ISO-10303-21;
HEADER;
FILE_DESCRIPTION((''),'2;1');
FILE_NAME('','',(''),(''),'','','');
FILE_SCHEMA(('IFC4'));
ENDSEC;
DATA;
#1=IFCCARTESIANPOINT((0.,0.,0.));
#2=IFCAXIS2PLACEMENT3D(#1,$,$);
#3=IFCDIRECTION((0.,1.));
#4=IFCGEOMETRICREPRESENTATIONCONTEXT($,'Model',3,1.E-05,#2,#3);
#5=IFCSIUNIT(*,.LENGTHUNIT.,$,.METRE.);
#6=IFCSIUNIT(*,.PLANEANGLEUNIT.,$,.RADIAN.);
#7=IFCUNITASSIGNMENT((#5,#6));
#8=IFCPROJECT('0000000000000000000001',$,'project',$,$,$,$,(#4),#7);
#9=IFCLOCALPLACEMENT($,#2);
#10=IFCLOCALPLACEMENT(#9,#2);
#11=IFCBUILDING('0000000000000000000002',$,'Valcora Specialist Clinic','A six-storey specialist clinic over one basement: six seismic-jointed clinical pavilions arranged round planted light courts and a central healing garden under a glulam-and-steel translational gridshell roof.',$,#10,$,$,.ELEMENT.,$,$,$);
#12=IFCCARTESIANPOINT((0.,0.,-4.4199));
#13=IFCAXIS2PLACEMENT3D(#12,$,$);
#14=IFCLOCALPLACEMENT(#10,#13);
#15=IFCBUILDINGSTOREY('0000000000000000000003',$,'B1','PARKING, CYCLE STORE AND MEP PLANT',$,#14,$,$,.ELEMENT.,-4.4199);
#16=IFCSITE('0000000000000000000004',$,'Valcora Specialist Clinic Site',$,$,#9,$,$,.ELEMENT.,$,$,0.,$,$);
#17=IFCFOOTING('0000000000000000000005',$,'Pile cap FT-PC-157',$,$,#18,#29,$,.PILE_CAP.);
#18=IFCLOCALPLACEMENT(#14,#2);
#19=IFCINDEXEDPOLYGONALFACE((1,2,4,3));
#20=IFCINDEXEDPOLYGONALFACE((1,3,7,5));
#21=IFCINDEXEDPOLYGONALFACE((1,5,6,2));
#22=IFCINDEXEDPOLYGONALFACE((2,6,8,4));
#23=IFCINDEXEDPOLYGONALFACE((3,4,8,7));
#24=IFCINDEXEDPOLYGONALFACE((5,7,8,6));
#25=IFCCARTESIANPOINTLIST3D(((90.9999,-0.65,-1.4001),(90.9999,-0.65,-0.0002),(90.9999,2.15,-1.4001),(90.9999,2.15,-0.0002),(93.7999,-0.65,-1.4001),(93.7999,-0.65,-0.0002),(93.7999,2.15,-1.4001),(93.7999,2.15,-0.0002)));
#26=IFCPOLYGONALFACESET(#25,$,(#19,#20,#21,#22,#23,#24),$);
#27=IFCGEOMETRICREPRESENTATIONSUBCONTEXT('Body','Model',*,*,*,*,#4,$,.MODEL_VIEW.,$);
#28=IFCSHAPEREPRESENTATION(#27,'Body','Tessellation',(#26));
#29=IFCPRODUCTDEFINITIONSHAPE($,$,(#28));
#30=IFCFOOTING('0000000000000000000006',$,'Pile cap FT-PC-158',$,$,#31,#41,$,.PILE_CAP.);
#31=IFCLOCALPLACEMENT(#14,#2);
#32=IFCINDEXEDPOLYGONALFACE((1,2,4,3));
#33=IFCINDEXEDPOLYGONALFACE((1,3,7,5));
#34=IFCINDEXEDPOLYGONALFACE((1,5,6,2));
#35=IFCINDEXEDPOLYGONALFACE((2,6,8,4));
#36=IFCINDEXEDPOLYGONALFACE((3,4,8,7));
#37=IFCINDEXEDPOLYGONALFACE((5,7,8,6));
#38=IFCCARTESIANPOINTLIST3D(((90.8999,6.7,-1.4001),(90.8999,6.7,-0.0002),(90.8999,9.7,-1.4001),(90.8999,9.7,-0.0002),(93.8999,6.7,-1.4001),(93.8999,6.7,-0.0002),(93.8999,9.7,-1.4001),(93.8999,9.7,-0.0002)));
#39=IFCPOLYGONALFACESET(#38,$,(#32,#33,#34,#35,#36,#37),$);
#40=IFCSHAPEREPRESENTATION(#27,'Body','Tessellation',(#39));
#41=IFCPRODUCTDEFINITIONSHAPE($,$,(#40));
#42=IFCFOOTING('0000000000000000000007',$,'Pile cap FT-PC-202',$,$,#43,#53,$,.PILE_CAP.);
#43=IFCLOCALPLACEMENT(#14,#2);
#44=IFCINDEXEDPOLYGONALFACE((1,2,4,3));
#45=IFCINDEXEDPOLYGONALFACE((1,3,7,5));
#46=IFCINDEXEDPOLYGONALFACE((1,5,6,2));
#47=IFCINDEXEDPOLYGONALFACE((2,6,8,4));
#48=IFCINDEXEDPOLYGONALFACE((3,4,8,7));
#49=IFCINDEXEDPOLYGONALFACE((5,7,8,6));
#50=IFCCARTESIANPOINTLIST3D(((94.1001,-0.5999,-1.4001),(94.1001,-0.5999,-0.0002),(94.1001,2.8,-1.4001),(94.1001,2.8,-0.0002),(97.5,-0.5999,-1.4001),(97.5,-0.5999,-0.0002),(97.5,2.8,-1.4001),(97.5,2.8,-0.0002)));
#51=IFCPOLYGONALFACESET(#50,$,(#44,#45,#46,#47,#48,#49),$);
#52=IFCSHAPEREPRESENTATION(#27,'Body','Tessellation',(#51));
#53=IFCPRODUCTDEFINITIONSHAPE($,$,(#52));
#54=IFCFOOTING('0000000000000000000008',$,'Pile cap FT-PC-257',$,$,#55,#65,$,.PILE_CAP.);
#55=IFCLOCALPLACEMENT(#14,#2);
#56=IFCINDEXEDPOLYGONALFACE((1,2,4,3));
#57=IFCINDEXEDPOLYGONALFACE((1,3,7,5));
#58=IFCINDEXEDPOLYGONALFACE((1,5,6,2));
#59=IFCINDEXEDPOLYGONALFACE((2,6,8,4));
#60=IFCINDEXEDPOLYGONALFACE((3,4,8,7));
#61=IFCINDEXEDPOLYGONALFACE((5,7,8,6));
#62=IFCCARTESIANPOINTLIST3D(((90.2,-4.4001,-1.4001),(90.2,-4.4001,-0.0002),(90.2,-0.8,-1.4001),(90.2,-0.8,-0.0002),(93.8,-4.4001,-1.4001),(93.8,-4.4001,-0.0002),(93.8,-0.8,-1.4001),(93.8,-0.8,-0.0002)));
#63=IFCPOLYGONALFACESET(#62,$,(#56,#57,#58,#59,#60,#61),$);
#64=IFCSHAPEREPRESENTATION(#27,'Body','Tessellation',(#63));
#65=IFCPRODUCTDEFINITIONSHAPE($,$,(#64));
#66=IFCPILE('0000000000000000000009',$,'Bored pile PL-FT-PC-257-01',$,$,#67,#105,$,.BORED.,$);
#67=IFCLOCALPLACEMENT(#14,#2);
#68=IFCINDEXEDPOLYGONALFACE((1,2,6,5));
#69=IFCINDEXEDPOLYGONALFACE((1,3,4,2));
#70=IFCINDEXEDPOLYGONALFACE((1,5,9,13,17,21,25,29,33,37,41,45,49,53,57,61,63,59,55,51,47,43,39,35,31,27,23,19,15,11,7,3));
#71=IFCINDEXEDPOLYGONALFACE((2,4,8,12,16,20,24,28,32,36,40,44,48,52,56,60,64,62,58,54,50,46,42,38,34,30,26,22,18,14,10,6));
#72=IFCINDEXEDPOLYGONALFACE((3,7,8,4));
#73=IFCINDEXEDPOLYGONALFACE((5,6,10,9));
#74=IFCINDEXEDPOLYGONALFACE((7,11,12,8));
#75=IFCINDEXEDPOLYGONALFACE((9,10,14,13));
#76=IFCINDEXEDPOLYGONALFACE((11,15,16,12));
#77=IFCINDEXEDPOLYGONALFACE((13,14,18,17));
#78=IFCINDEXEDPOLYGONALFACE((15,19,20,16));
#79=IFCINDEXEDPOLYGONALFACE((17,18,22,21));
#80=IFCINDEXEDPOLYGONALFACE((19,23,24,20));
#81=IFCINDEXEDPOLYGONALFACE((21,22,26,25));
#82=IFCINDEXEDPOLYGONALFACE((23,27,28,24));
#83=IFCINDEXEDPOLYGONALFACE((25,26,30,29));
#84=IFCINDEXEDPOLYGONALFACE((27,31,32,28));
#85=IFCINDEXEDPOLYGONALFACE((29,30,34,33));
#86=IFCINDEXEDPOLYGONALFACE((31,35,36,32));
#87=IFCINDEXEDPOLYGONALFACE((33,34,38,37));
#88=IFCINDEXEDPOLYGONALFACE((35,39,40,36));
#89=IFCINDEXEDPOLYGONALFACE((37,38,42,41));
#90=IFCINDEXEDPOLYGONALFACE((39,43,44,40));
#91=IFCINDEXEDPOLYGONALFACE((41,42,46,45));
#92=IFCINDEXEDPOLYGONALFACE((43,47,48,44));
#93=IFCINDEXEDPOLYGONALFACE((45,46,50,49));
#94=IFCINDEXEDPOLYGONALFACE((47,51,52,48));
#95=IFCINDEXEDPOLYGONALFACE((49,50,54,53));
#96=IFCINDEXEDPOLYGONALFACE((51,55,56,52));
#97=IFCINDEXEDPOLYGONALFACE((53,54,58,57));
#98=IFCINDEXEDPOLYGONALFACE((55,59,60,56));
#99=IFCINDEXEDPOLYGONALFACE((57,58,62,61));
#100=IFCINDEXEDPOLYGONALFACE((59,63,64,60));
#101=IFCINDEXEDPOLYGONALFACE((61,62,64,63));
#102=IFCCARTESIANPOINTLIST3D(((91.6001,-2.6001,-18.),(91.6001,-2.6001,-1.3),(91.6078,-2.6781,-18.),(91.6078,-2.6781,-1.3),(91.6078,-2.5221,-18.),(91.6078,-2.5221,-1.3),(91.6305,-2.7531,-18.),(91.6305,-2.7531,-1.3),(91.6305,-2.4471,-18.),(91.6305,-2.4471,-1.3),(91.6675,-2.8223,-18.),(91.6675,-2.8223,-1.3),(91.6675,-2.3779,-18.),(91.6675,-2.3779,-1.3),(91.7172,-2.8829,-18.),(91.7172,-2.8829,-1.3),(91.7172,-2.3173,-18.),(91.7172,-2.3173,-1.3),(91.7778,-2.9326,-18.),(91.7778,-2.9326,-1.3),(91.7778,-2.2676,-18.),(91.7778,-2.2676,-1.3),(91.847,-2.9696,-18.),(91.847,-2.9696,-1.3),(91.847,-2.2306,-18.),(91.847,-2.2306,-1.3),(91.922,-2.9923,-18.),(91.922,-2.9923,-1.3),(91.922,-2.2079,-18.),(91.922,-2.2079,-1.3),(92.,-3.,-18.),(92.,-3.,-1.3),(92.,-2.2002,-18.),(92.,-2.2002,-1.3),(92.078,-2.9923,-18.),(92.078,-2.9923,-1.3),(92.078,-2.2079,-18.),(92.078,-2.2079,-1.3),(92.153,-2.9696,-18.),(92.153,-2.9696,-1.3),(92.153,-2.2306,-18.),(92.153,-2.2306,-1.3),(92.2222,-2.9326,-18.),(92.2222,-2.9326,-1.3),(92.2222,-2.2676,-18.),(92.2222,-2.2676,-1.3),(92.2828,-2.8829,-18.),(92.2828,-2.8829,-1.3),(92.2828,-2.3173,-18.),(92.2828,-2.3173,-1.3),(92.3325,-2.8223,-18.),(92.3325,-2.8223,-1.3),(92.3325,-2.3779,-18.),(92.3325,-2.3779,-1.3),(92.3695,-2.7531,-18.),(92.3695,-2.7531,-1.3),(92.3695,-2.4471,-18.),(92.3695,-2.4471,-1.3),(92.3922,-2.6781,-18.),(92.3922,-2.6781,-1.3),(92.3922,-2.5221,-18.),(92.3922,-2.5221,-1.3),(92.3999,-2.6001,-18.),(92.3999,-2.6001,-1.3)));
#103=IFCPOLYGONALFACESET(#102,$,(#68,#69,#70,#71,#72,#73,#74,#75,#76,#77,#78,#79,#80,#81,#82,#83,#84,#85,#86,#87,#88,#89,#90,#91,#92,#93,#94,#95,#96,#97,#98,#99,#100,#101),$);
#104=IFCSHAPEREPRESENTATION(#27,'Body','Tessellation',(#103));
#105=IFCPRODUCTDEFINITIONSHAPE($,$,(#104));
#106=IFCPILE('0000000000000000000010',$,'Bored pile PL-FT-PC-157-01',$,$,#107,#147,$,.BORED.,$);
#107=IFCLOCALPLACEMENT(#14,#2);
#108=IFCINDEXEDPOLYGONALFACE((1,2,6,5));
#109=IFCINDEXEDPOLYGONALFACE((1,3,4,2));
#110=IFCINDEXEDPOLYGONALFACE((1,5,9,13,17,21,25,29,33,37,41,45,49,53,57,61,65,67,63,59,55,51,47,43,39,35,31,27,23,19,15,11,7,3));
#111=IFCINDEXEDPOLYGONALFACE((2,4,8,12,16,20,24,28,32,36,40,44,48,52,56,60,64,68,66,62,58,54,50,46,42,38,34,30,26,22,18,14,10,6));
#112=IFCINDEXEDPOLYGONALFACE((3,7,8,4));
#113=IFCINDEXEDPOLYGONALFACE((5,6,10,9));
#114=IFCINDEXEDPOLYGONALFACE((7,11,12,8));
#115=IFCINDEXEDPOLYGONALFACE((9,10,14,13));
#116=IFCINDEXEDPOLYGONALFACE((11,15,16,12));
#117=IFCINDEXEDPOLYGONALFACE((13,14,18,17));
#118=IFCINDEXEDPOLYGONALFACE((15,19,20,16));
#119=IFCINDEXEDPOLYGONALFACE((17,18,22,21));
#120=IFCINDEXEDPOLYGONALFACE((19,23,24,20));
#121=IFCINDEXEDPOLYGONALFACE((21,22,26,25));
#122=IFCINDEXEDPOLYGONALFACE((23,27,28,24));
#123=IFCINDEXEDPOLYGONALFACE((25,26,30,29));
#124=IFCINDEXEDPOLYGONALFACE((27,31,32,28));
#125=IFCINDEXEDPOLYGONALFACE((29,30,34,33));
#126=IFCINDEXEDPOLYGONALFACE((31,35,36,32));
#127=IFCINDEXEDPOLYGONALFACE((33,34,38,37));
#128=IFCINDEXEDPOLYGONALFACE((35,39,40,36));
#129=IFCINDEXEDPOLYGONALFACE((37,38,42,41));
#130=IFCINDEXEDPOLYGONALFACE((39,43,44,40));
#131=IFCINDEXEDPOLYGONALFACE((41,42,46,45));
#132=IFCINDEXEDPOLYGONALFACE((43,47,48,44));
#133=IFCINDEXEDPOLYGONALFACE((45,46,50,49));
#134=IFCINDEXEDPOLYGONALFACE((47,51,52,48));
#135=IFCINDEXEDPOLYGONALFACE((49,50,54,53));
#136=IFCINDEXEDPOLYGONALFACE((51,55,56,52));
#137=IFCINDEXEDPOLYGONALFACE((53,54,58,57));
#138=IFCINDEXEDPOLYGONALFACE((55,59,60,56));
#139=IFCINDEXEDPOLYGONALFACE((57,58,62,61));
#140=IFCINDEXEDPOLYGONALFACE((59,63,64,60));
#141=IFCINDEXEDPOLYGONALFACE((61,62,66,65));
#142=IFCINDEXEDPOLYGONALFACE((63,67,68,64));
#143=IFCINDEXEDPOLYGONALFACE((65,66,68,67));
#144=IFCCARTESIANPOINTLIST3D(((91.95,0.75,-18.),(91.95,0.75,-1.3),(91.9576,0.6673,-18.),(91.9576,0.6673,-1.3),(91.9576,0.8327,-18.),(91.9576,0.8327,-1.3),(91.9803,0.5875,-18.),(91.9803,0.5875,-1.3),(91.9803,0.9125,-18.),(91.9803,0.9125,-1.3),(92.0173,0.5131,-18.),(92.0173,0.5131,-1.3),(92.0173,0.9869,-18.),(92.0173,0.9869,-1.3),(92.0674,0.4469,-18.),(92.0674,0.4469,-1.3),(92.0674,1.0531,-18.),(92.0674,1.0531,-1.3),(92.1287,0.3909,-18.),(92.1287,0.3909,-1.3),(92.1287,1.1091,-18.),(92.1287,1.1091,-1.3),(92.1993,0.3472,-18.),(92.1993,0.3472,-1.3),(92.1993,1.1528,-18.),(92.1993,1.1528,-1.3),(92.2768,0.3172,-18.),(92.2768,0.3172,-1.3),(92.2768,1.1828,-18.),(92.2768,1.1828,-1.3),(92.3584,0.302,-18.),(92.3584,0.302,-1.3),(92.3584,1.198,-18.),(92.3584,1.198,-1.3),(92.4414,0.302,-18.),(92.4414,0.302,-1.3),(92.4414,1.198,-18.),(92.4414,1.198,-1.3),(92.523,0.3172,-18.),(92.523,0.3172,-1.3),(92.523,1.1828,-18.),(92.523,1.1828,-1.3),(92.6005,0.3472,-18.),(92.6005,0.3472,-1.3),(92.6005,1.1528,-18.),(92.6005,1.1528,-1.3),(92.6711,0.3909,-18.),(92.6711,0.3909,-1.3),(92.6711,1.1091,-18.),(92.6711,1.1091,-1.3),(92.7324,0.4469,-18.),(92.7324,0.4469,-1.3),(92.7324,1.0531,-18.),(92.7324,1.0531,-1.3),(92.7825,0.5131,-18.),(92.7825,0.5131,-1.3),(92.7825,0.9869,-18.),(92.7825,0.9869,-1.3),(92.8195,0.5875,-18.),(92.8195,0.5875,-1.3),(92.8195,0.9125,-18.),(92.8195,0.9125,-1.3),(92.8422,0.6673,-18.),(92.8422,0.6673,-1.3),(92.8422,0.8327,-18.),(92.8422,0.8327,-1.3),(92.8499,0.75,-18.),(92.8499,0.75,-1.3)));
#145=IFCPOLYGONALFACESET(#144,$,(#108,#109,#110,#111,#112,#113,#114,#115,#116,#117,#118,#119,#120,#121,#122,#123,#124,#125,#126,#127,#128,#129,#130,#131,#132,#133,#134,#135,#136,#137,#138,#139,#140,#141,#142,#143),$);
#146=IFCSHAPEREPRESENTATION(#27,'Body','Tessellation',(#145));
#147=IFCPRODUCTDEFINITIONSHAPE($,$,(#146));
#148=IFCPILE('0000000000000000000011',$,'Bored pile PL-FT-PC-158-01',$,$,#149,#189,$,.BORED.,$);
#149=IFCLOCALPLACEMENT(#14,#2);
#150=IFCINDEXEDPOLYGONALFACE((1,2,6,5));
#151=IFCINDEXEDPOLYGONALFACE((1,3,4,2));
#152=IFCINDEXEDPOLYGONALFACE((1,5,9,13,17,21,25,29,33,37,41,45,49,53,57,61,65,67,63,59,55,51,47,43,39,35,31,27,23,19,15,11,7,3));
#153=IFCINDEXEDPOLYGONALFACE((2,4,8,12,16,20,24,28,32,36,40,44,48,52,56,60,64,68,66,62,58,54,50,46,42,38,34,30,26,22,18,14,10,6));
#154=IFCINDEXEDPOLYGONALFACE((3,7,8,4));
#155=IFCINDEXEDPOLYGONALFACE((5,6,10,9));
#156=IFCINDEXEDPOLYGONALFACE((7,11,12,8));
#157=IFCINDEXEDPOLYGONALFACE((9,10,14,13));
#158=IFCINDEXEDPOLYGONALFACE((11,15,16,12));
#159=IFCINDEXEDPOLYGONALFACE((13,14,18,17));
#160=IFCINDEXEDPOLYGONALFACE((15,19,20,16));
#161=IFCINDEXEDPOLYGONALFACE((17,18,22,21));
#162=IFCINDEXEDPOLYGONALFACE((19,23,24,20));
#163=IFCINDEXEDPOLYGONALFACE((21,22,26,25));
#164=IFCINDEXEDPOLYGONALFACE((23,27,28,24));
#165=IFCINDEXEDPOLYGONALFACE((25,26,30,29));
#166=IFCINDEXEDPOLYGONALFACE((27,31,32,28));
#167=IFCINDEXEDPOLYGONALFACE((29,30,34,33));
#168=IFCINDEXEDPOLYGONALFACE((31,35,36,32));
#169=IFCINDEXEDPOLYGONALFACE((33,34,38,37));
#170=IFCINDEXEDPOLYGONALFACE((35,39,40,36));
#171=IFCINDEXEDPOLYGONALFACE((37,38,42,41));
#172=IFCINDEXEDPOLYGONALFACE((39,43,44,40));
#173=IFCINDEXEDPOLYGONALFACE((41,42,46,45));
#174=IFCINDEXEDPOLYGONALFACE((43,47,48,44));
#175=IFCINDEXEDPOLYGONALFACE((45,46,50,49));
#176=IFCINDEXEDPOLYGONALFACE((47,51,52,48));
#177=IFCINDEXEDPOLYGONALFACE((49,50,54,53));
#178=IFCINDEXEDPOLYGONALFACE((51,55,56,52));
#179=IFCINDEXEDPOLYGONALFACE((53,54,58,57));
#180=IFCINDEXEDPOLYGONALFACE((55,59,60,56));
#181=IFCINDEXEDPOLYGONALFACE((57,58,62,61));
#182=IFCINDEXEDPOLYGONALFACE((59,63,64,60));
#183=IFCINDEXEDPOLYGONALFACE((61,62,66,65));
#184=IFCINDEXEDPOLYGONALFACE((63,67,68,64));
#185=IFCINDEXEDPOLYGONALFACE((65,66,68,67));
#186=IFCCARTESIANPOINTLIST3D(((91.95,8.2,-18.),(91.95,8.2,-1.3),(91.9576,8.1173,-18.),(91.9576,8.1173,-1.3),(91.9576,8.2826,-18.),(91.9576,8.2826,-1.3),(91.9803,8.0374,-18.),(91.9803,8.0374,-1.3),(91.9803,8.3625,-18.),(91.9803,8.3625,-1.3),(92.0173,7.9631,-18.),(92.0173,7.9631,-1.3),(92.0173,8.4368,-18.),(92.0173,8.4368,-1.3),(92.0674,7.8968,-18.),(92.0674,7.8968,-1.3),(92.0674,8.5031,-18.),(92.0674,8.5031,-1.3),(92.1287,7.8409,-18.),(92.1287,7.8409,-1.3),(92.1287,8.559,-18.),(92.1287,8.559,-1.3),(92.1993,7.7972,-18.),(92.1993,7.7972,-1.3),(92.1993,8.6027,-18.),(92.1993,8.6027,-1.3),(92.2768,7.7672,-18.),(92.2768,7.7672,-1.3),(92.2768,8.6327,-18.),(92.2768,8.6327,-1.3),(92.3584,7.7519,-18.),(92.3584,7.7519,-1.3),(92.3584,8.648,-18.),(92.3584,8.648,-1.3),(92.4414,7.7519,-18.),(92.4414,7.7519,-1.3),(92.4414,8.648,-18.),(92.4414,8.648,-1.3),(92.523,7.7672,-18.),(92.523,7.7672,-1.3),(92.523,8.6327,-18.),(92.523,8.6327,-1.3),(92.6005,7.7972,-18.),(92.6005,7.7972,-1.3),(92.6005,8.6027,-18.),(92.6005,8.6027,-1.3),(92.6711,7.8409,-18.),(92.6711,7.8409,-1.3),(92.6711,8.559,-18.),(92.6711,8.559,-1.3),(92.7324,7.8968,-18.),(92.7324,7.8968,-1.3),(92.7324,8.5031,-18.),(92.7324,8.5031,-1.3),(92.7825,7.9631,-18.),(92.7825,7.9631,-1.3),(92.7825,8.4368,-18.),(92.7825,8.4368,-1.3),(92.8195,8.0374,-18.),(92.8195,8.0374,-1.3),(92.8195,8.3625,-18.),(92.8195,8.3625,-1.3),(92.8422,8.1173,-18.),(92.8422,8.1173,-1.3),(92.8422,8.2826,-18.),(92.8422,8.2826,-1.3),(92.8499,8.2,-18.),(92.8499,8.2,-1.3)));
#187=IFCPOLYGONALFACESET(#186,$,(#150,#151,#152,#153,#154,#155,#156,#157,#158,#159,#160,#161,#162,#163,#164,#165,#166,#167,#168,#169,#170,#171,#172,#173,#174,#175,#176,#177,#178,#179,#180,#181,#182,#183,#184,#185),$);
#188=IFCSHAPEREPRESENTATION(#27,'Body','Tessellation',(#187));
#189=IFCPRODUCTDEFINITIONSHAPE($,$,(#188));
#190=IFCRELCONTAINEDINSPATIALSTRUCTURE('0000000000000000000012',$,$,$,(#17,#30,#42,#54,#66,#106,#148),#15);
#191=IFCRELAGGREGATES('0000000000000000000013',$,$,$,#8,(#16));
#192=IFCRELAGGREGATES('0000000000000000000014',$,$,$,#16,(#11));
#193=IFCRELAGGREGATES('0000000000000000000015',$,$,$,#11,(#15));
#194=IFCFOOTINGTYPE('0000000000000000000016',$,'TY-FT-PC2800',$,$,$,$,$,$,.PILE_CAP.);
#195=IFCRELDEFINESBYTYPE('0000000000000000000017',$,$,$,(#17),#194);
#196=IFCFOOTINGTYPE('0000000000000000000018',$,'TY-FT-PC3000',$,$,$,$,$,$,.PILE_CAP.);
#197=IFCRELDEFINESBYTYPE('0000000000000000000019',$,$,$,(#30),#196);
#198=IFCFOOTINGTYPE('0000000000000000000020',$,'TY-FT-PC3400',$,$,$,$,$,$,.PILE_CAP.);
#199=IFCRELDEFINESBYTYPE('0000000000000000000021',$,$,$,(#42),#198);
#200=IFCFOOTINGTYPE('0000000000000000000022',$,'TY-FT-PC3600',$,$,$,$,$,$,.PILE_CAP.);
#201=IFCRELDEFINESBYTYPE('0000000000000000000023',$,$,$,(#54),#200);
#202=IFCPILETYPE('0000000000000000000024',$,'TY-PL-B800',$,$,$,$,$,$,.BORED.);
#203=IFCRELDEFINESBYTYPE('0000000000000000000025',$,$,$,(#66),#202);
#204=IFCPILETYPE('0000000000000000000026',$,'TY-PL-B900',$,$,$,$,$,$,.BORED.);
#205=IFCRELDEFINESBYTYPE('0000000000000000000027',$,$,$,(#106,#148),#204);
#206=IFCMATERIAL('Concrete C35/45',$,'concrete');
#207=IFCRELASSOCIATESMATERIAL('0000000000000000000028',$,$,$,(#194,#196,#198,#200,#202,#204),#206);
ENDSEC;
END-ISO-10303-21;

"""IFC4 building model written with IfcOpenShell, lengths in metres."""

from ifc_helpers import new_model, si_unit, direction, frame, origin, origin_2d, place, context, subcontext, project, spatial, rectangle, circle, extrude, material, material_profile, profile_set, type_object, element, save


model = new_model("IFC4")

# Units and contexts
model_context = context("Model", 3, precision=1e-05, world=origin(), true_north=direction((0.0, 1.0)))
body_context = subcontext(model_context, "Body", "Model", "MODEL_VIEW")
ifc_project = project(units=[si_unit("LENGTHUNIT", "METRE"), si_unit("PLANEANGLEUNIT", "RADIAN")], contexts=[model_context])

# Site, building, storey
site_placement = place(None, origin())
site = spatial("IfcSite", under=ifc_project, at=site_placement, Name="Valcora Specialist Clinic Site", CompositionType="ELEMENT", RefElevation=0.0)
building_placement = place(site_placement, origin())
building = spatial("IfcBuilding", under=site, at=building_placement, Name="Valcora Specialist Clinic", Description="A six-storey specialist clinic over one basement: six seismic-jointed clinical pavilions arranged round planted light courts and a central healing garden under a glulam-and-steel translational gridshell roof.", CompositionType="ELEMENT")
storey_placement = place(building_placement, frame((0.0, 0.0, -4.4199)))
storey = spatial("IfcBuildingStorey", under=building, at=storey_placement, Name="B1", Description="PARKING, CYCLE STORE AND MEP PLANT", CompositionType="ELEMENT", Elevation=-4.4199)

# Footings
ifc_material_1 = material(Name="Concrete C35/45", Category="concrete")
footing_type_1 = type_object("IfcFootingType", Name="TY-FT-PC2800", PredefinedType="PILE_CAP", material=ifc_material_1)
footing_1_placement = place(storey_placement, frame((92.3999, 0.75, -1.4001), z_axis=(0.0, 0.0, 1.0), x_axis=(1.0, 0.0, 0.0)))
element("IfcFooting", 1, at=footing_1_placement, inside=storey, type_object=footing_type_1, Name="Pile cap FT-PC-157", PredefinedType="PILE_CAP", context=body_context, shape_type="SweptSolid", body=[
    extrude(rectangle(XDim=2.8, YDim=2.8, at=origin_2d()), origin(), (0.0, 0.0, 1.0), 1.3999),
])
footing_type_2 = type_object("IfcFootingType", Name="TY-FT-PC3000", PredefinedType="PILE_CAP", material=ifc_material_1)
footing_2_placement = place(storey_placement, frame((92.3999, 8.2, -1.4001), z_axis=(0.0, 0.0, 1.0), x_axis=(1.0, 0.0, 0.0)))
element("IfcFooting", 2, at=footing_2_placement, inside=storey, type_object=footing_type_2, Name="Pile cap FT-PC-158", PredefinedType="PILE_CAP", context=body_context, shape_type="SweptSolid", body=[
    extrude(rectangle(XDim=3.0, YDim=3.0, at=origin_2d()), origin(), (0.0, 0.0, 1.0), 1.3999),
])
footing_type_3 = type_object("IfcFootingType", Name="TY-FT-PC3400", PredefinedType="PILE_CAP", material=ifc_material_1)
footing_3_placement = place(storey_placement, frame((95.8, 1.1001, -1.4001), z_axis=(0.0, 0.0, 1.0), x_axis=(1.0, 0.0, 0.0)))
element("IfcFooting", 3, at=footing_3_placement, inside=storey, type_object=footing_type_3, Name="Pile cap FT-PC-202", PredefinedType="PILE_CAP", context=body_context, shape_type="SweptSolid", body=[
    extrude(rectangle(XDim=3.3999, YDim=3.3999, at=origin_2d()), origin(), (0.0, 0.0, 1.0), 1.3999),
])
footing_type_4 = type_object("IfcFootingType", Name="TY-FT-PC3600", PredefinedType="PILE_CAP", material=ifc_material_1)
footing_4_placement = place(storey_placement, frame((92.0, -2.6001, -1.4001), z_axis=(0.0, 0.0, 1.0), x_axis=(1.0, 0.0, 0.0)))
element("IfcFooting", 4, at=footing_4_placement, inside=storey, type_object=footing_type_4, Name="Pile cap FT-PC-257", PredefinedType="PILE_CAP", context=body_context, shape_type="SweptSolid", body=[
    extrude(rectangle(XDim=3.6001, YDim=3.6001, at=origin_2d()), origin(), (0.0, 0.0, 1.0), 1.3999),
])

# Piles
ifc_material_profile_1 = material_profile(ifc_material_1, circle(Radius=0.3999, at=origin_2d()), Name="RC-PIL-D800")
ifc_profile_set_1 = profile_set([ifc_material_profile_1], Name="Concrete C35/45")
pile_type_1 = type_object("IfcPileType", Name="TY-PL-B800", PredefinedType="BORED", material=ifc_profile_set_1)
pile_placement = place(storey_placement, frame((92.0, -2.6001, -1.3), z_axis=(0.0, 0.0, -1.0), x_axis=(1.0, 0.0, 0.0)))
element("IfcPile", 5, at=pile_placement, inside=storey, type_object=pile_type_1, Name="Bored pile PL-FT-PC-257-01", PredefinedType="BORED", context=body_context, shape_type="SweptSolid", body=[
    extrude(circle(Radius=0.3999, at=origin_2d()), origin(), (0.0, 0.0, 1.0), 16.7),
])
ifc_material_profile_2 = material_profile(ifc_material_1, circle(Radius=0.45, at=origin_2d()), Name="RC-PIL-D900")
ifc_profile_set_2 = profile_set([ifc_material_profile_2], Name="Concrete C35/45")
pile_type_2 = type_object("IfcPileType", Name="TY-PL-B900", PredefinedType="BORED", material=ifc_profile_set_2)
for number, where, z_axis, x_axis, name in (
    (6, (92.3999, 0.75, -1.3), (0.0, 0.0, -1.0), (1.0, 0.0, 0.0), "Bored pile PL-FT-PC-157-01"),
    (7, (92.3999, 8.2, -1.3), (0.0, 0.0, -1.0), (1.0, 0.0, 0.0), "Bored pile PL-FT-PC-158-01"),
):
    element("IfcPile", number, at=place(storey_placement, frame(where, z_axis=z_axis, x_axis=x_axis)), inside=storey, type_object=pile_type_2, Name=name, PredefinedType="BORED", context=body_context, shape_type="SweptSolid", body=[
        extrude(circle(Radius=0.45, at=origin_2d()), origin(), (0.0, 0.0, 1.0), 16.7),
    ])

save(model, "model.ifc")
